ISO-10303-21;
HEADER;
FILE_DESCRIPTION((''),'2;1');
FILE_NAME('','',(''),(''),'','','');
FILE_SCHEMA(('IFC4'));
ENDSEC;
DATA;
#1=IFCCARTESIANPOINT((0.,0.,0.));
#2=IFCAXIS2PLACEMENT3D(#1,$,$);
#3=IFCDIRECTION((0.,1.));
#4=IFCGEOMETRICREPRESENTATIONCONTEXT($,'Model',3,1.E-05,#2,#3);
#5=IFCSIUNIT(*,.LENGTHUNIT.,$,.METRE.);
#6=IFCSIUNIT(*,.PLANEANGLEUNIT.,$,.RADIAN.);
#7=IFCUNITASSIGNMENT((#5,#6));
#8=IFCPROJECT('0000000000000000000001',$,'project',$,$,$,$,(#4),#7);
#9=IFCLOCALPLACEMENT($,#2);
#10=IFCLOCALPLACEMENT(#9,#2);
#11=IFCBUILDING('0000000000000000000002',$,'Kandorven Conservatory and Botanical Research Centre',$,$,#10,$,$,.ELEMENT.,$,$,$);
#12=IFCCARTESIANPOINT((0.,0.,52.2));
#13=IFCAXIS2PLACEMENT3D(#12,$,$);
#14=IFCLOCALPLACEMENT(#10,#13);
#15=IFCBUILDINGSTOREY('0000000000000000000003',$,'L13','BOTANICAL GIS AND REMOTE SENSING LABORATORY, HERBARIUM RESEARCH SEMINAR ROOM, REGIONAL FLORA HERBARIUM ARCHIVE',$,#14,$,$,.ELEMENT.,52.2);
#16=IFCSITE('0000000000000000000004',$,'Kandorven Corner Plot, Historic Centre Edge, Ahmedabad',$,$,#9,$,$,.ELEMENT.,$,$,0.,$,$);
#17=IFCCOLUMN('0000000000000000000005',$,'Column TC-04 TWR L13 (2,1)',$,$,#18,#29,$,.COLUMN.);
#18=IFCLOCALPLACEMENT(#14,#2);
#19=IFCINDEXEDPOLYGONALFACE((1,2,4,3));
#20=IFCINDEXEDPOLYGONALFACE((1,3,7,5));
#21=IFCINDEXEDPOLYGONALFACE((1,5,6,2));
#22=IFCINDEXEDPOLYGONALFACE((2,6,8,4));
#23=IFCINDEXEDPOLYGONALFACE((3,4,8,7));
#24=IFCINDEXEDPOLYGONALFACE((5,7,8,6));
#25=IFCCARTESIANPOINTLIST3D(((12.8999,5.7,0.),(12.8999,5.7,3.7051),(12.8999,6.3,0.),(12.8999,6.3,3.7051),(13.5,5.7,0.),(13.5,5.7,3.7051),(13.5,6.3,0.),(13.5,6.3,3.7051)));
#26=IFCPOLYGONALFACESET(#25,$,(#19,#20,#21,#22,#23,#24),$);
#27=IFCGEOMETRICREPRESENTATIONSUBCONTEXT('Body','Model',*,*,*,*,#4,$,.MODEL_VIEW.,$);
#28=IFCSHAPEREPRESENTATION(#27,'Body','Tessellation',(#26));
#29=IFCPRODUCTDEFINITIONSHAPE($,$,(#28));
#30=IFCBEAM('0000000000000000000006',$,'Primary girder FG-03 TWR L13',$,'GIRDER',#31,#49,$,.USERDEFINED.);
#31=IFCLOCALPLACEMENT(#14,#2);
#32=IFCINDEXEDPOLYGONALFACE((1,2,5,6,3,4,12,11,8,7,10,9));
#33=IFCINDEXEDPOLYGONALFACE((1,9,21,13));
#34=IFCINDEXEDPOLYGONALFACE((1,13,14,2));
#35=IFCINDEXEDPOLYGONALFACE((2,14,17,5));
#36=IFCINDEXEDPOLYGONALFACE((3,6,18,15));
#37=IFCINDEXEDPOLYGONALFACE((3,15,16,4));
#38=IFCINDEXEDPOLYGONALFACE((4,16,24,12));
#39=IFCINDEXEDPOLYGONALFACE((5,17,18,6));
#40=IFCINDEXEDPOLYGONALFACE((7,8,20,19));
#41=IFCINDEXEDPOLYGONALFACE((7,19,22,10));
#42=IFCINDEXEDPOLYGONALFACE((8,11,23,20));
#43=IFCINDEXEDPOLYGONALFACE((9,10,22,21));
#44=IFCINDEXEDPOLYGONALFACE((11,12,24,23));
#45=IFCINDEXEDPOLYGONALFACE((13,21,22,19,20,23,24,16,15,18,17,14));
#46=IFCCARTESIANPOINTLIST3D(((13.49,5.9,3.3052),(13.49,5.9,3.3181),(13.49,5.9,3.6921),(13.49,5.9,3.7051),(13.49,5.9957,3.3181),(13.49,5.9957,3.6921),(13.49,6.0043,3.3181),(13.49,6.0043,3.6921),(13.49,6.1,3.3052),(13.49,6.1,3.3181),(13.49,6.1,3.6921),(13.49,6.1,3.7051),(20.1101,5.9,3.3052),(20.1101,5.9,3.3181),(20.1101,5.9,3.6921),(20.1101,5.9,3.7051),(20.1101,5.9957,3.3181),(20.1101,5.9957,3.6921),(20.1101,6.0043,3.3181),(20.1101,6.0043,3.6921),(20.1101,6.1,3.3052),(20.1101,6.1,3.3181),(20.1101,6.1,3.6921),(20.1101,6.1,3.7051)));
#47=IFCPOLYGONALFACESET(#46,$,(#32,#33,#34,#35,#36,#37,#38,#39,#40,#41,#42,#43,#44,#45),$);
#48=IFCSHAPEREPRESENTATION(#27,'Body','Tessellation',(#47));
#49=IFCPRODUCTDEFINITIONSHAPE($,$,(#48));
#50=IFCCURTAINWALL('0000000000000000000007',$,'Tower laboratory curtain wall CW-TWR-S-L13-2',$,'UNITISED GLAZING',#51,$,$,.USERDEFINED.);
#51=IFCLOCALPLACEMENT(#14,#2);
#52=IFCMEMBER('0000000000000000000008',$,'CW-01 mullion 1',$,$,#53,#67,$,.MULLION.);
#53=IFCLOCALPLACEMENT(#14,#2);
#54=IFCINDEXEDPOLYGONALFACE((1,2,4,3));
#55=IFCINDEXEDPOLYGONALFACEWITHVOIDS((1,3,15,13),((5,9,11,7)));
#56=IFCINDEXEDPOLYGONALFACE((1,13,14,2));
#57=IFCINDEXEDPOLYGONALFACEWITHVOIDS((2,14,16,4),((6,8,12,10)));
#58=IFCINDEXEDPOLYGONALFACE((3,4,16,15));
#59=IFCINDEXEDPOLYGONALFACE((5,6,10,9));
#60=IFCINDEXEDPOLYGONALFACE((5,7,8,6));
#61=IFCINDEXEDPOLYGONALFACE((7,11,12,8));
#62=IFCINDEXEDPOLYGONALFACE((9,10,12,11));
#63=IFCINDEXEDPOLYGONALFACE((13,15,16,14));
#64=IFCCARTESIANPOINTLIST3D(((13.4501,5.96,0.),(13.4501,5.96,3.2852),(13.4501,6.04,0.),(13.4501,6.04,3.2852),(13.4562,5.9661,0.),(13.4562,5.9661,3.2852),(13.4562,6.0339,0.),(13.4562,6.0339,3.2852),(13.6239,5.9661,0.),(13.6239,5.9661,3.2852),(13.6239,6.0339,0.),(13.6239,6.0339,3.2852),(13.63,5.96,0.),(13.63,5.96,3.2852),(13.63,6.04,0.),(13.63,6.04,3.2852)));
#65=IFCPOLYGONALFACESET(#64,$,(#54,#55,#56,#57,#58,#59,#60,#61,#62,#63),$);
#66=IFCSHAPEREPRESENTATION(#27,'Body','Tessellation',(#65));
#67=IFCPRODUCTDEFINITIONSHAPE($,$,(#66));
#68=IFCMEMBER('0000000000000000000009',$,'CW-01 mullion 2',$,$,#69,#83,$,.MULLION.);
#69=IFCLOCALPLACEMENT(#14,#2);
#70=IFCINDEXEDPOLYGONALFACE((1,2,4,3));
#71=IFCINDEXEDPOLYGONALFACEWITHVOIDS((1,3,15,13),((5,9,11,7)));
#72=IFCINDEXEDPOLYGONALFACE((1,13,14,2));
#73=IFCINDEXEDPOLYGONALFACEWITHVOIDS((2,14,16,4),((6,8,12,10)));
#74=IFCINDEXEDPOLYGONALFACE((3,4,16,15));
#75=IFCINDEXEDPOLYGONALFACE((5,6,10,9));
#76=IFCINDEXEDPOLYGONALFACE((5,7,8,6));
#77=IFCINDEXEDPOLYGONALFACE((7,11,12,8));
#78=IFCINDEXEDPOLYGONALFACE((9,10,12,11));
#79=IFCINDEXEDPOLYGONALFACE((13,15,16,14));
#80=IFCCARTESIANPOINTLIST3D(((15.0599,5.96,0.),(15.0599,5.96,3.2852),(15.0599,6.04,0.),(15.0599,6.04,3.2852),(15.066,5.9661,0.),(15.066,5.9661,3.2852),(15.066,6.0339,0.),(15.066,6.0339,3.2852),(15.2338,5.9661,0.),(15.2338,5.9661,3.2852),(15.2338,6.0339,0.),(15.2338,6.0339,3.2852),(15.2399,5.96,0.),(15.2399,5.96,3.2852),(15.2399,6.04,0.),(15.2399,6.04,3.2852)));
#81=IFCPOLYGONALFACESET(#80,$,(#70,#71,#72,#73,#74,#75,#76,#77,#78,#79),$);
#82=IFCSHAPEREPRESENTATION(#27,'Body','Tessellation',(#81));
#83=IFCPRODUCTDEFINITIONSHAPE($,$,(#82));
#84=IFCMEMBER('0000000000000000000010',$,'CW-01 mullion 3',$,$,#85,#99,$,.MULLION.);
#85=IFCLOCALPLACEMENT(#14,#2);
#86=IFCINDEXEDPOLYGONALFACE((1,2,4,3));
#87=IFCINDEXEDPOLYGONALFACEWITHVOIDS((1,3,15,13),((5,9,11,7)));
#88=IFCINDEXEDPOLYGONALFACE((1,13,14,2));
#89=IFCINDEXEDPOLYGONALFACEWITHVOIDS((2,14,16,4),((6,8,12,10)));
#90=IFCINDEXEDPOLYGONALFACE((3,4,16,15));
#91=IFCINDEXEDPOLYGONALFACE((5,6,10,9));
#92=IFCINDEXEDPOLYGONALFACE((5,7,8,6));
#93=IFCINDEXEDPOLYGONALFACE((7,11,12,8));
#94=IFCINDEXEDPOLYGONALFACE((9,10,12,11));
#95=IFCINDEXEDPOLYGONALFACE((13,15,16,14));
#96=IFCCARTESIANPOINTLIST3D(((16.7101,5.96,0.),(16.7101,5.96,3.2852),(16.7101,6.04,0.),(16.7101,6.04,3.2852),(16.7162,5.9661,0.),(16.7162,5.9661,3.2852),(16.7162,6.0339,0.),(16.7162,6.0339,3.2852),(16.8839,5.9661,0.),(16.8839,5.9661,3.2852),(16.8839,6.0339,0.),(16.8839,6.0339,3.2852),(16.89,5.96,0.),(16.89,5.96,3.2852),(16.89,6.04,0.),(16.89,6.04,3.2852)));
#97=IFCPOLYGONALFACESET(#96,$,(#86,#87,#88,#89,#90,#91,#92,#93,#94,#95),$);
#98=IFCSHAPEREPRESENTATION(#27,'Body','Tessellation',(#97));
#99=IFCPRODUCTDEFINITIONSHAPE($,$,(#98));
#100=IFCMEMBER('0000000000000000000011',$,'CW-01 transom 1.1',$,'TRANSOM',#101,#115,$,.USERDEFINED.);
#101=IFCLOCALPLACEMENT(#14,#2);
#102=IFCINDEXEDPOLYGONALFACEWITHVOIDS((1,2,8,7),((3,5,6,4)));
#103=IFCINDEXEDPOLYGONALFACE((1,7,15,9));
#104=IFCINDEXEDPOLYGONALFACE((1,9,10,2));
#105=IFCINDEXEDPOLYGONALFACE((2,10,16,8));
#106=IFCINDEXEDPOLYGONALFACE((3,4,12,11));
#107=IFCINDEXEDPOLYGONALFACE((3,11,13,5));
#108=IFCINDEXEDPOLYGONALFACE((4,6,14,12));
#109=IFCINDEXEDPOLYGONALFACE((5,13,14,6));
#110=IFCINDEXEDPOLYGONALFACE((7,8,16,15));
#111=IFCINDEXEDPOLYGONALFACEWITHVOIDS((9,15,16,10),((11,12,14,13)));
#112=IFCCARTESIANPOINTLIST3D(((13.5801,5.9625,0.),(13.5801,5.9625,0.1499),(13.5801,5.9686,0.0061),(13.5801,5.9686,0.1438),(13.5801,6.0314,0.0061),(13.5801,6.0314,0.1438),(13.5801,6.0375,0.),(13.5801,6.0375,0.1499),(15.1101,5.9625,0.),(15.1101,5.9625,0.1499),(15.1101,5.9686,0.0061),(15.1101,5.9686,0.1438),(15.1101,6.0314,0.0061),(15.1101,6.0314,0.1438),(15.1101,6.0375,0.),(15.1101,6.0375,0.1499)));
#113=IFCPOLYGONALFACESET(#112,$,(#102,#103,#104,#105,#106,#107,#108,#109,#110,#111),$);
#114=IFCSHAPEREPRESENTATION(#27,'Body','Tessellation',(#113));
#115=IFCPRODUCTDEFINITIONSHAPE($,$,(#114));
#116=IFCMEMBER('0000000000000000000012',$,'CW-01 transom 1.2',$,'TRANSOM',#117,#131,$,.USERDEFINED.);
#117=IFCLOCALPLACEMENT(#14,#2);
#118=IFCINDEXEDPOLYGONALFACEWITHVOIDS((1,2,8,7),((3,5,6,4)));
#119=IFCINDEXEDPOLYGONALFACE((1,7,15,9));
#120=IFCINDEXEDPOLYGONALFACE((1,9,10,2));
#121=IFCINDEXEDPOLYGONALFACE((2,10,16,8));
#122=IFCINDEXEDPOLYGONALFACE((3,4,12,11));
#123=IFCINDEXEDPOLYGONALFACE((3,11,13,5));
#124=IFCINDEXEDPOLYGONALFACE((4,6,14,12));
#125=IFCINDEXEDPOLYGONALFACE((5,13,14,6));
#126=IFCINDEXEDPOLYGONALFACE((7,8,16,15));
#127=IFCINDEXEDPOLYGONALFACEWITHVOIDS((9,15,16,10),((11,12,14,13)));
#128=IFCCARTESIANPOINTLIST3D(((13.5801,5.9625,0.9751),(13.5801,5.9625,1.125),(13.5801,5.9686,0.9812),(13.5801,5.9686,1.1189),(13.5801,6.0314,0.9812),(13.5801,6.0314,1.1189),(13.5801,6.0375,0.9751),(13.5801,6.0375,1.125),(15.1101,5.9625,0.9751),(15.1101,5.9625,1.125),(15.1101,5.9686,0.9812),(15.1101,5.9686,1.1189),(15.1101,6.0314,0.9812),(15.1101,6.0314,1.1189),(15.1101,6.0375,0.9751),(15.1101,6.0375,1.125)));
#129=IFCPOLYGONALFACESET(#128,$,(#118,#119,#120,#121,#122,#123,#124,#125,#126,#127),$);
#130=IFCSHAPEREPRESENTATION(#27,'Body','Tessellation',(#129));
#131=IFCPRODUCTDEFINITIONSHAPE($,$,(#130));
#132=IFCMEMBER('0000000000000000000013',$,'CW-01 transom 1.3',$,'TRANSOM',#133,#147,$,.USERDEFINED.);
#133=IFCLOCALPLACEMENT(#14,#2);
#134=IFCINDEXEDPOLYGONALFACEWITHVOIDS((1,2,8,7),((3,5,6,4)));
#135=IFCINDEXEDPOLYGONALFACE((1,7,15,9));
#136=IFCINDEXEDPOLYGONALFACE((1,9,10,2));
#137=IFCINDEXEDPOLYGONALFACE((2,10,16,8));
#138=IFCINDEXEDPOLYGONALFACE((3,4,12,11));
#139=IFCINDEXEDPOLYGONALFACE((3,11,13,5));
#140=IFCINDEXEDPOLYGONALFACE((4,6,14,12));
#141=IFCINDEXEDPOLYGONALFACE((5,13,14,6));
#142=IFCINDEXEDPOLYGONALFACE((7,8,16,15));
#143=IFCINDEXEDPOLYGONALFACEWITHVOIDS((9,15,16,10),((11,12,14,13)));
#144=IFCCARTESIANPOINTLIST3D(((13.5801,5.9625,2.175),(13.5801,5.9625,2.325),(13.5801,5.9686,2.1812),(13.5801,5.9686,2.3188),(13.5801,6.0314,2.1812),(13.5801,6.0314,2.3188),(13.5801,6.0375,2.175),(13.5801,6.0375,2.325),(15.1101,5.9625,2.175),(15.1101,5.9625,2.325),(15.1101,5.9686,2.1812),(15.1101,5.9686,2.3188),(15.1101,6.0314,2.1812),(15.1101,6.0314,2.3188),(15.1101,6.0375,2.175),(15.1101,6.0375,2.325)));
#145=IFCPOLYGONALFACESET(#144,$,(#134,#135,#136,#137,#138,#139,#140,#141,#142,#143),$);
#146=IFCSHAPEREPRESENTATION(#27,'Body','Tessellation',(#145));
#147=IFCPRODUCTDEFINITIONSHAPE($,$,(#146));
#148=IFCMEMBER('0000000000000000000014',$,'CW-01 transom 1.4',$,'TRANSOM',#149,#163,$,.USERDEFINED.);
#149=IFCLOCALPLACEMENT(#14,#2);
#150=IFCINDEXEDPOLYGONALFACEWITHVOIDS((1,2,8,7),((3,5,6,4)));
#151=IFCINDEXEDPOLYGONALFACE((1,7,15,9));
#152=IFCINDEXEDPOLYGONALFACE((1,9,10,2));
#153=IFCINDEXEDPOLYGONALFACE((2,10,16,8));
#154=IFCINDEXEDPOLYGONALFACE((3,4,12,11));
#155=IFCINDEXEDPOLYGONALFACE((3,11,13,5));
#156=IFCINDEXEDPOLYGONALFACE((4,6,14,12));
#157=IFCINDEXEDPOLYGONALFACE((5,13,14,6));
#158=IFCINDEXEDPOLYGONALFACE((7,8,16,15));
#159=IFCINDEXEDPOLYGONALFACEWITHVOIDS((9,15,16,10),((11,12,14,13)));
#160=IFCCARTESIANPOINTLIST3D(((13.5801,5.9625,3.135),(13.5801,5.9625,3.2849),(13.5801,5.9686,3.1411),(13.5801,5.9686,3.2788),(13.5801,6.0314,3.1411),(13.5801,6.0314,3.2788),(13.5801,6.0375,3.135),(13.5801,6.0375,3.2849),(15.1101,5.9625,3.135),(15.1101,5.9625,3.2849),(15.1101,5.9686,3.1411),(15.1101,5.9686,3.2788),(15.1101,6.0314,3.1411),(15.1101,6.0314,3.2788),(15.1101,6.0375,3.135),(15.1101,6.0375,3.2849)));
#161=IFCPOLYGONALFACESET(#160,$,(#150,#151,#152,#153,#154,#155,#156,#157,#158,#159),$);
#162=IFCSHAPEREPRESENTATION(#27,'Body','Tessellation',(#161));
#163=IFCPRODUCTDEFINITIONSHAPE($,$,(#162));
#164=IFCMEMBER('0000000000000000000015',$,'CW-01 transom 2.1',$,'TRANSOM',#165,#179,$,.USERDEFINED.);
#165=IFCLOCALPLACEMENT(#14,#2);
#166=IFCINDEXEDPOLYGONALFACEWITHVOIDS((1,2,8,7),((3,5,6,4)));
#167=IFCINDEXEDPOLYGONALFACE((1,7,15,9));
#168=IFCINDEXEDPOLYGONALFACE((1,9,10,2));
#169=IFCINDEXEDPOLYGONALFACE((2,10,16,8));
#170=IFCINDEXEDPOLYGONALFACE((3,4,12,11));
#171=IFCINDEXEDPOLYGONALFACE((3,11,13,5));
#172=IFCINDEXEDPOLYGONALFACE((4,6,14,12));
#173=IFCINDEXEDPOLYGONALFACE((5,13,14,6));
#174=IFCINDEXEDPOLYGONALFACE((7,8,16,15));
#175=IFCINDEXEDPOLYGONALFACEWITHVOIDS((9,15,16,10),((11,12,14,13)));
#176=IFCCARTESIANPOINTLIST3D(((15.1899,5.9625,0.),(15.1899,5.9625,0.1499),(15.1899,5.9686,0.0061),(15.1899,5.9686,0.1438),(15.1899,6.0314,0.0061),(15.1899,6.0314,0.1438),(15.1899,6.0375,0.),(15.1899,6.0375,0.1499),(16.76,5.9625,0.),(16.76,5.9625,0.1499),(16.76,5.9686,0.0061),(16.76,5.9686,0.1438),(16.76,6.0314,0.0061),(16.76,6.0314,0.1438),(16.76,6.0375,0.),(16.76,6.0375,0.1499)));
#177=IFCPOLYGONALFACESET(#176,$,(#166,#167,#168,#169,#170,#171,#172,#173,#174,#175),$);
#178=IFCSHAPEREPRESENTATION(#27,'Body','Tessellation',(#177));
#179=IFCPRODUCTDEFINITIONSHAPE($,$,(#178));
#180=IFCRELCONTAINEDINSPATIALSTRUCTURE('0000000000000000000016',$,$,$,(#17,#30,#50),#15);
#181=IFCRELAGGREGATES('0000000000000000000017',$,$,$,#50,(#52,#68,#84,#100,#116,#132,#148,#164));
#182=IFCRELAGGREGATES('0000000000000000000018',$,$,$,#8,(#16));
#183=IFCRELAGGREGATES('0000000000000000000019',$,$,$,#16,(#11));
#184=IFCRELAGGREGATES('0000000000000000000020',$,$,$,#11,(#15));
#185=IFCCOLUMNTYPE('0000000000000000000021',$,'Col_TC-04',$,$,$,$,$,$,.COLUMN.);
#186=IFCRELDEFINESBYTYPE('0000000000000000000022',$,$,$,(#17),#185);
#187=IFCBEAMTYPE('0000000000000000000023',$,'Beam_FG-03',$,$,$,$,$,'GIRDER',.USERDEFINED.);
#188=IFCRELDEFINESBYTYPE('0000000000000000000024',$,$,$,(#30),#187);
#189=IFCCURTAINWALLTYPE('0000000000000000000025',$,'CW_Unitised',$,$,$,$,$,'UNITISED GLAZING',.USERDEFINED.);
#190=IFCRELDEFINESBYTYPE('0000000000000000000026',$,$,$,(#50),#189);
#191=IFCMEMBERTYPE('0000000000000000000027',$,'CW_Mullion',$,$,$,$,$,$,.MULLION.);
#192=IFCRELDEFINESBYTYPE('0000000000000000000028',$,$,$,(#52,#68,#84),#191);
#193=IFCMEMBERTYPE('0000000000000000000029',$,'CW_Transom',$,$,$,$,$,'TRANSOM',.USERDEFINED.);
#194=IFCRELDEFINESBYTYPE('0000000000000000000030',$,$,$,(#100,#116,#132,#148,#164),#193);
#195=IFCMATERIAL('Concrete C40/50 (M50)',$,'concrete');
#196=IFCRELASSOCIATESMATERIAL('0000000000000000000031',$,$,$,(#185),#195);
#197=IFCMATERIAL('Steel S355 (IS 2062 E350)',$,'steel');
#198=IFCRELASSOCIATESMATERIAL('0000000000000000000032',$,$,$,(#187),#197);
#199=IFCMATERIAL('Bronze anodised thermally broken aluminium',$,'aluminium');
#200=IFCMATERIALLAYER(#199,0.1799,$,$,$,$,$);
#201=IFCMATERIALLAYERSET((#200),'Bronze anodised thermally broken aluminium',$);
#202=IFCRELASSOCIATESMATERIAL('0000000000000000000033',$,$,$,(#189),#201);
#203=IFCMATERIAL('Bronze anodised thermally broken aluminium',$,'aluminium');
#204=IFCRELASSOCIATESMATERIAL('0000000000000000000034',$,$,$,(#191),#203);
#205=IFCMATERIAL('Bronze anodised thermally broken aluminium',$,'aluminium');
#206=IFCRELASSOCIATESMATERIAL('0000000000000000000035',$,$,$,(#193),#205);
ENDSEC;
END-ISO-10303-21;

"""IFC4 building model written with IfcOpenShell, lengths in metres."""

from ifc_helpers import new_model, si_unit, direction, frame, origin, origin_2d, place, context, subcontext, project, spatial, rectangle, hollow_rectangle, i_section, extrude, material, layer, layer_set, material_profile, profile_set, type_object, element, aggregate, save


model = new_model("IFC4")

# Units and contexts
model_context = context("Model", 3, precision=1e-05, world=origin(), true_north=direction((0.0, 1.0)))
body_context = subcontext(model_context, "Body", "Model", "MODEL_VIEW")
ifc_project = project(units=[si_unit("LENGTHUNIT", "METRE"), si_unit("PLANEANGLEUNIT", "RADIAN")], contexts=[model_context])

# Site, building, storey
site_placement = place(None, origin())
site = spatial("IfcSite", under=ifc_project, at=site_placement, Name="Kandorven Corner Plot, Historic Centre Edge, Ahmedabad", CompositionType="ELEMENT", RefElevation=0.0)
building_placement = place(site_placement, origin())
building = spatial("IfcBuilding", under=site, at=building_placement, Name="Kandorven Conservatory and Botanical Research Centre", CompositionType="ELEMENT")
storey_placement = place(building_placement, frame((0.0, 0.0, 52.2)))
storey = spatial("IfcBuildingStorey", under=building, at=storey_placement, Name="L13", Description="BOTANICAL GIS AND REMOTE SENSING LABORATORY, HERBARIUM RESEARCH SEMINAR ROOM, REGIONAL FLORA HERBARIUM ARCHIVE", CompositionType="ELEMENT", Elevation=52.2)

# Column
ifc_material_1 = material(Name="Concrete C40/50 (M50)", Category="concrete")
ifc_material_profile_1 = material_profile(ifc_material_1, rectangle(XDim=0.6001, YDim=0.6001, at=origin_2d()))
ifc_profile_set_1 = profile_set([ifc_material_profile_1], Name="Concrete C40/50 (M50)")
column_type = type_object("IfcColumnType", Name="Col_TC-04", PredefinedType="COLUMN", material=ifc_profile_set_1)
column_placement = place(storey_placement, frame((13.2, 6.0, 0.0), z_axis=(0.0, 0.0, 1.0), x_axis=(1.0, 0.0, 0.0)))
element("IfcColumn", 1, at=column_placement, inside=storey, type_object=column_type, Name="Column TC-04 TWR L13 (2,1)", PredefinedType="COLUMN", context=body_context, shape_type="SweptSolid", body=[
    extrude(rectangle(XDim=0.6001, YDim=0.6001, at=origin_2d()), origin(), (0.0, 0.0, 1.0), 3.7051),
])

# Beam
ifc_material_2 = material(Name="Steel S355 (IS 2062 E350)", Category="steel")
ifc_material_profile_2 = material_profile(ifc_material_2, i_section(OverallWidth=0.2, OverallDepth=0.3999, WebThickness=0.0085, FlangeThickness=0.0129, at=origin_2d()))
ifc_profile_set_2 = profile_set([ifc_material_profile_2], Name="Steel S355 (IS 2062 E350)")
beam_type = type_object("IfcBeamType", Name="Beam_FG-03", ElementType="GIRDER", PredefinedType="USERDEFINED", material=ifc_profile_set_2)
beam_placement = place(storey_placement, frame((13.49, 6.0, 3.5051), z_axis=(1.0, 0.0, 0.0), x_axis=(0.0, 1.0, 0.0)))
element("IfcBeam", 2, at=beam_placement, inside=storey, type_object=beam_type, Name="Primary girder FG-03 TWR L13", ObjectType="GIRDER", PredefinedType="USERDEFINED", context=body_context, shape_type="SweptSolid", body=[
    extrude(i_section(OverallWidth=0.2, OverallDepth=0.3999, WebThickness=0.0085, FlangeThickness=0.0129, at=origin_2d()), origin(), (0.0, 0.0, 1.0), 6.6201),
])

# Curtain wall, members
ifc_material_3 = material(Name="Bronze anodised thermally broken aluminium", Category="aluminium")
ifc_layer_1 = layer(ifc_material_3, 0.1799)
ifc_layer_set_1 = layer_set([ifc_layer_1], Name="Bronze anodised thermally broken aluminium")
curtain_wall_type = type_object("IfcCurtainWallType", Name="CW_Unitised", ElementType="UNITISED GLAZING", PredefinedType="USERDEFINED", material=ifc_layer_set_1)
curtain_wall_placement = place(storey_placement, origin())
curtain_wall = element("IfcCurtainWall", 3, at=curtain_wall_placement, inside=storey, type_object=curtain_wall_type, Name="Tower laboratory curtain wall CW-TWR-S-L13-2", ObjectType="UNITISED GLAZING", PredefinedType="USERDEFINED")
ifc_material_4 = material(Name="Bronze anodised thermally broken aluminium", Category="aluminium")
ifc_material_profile_3 = material_profile(ifc_material_4, hollow_rectangle(XDim=0.0801, YDim=0.1799, WallThickness=0.0061, at=origin_2d()))
ifc_profile_set_3 = profile_set([ifc_material_profile_3], Name="Bronze anodised thermally broken aluminium")
member_type_1 = type_object("IfcMemberType", Name="CW_Mullion", PredefinedType="MULLION", material=ifc_profile_set_3)
member_1_placement = place(storey_placement, frame((13.54, 6.0, 0.0), z_axis=(0.0, 0.0, 1.0), x_axis=(0.0, 1.0, 0.0)))
member_1 = element("IfcMember", 4, at=member_1_placement, type_object=member_type_1, Name="CW-01 mullion 1", PredefinedType="MULLION", context=body_context, shape_type="SweptSolid", body=[
    extrude(hollow_rectangle(XDim=0.0801, YDim=0.1799, WallThickness=0.0061, at=origin_2d()), origin(), (0.0, 0.0, 1.0), 3.2852),
])
member_2_placement = place(storey_placement, frame((15.1499, 6.0, 0.0), z_axis=(0.0, 0.0, 1.0), x_axis=(0.0, 1.0, 0.0)))
member_2 = element("IfcMember", 5, at=member_2_placement, type_object=member_type_1, Name="CW-01 mullion 2", PredefinedType="MULLION", context=body_context, shape_type="SweptSolid", body=[
    extrude(hollow_rectangle(XDim=0.0801, YDim=0.1799, WallThickness=0.0061, at=origin_2d()), origin(), (0.0, 0.0, 1.0), 3.2852),
])
member_3_placement = place(storey_placement, frame((16.8, 6.0, 0.0), z_axis=(0.0, 0.0, 1.0), x_axis=(0.0, 1.0, 0.0)))
member_3 = element("IfcMember", 6, at=member_3_placement, type_object=member_type_1, Name="CW-01 mullion 3", PredefinedType="MULLION", context=body_context, shape_type="SweptSolid", body=[
    extrude(hollow_rectangle(XDim=0.0801, YDim=0.1799, WallThickness=0.0061, at=origin_2d()), origin(), (0.0, 0.0, 1.0), 3.2852),
])
ifc_material_5 = material(Name="Bronze anodised thermally broken aluminium", Category="aluminium")
ifc_material_profile_4 = material_profile(ifc_material_5, hollow_rectangle(XDim=0.075, YDim=0.1499, WallThickness=0.0061, at=origin_2d()))
ifc_profile_set_4 = profile_set([ifc_material_profile_4], Name="Bronze anodised thermally broken aluminium")
member_type_2 = type_object("IfcMemberType", Name="CW_Transom", ElementType="TRANSOM", PredefinedType="USERDEFINED", material=ifc_profile_set_4)
member_4_placement = place(storey_placement, frame((13.5801, 6.0, 0.075), z_axis=(1.0, 0.0, 0.0), x_axis=(0.0, 1.0, 0.0)))
member_4 = element("IfcMember", 7, at=member_4_placement, type_object=member_type_2, Name="CW-01 transom 1.1", ObjectType="TRANSOM", PredefinedType="USERDEFINED", context=body_context, shape_type="SweptSolid", body=[
    extrude(hollow_rectangle(XDim=0.075, YDim=0.1499, WallThickness=0.0061, at=origin_2d()), origin(), (0.0, 0.0, 1.0), 1.53),
])
member_5_placement = place(storey_placement, frame((13.5801, 6.0, 1.05), z_axis=(1.0, 0.0, 0.0), x_axis=(0.0, 1.0, 0.0)))
member_5 = element("IfcMember", 8, at=member_5_placement, type_object=member_type_2, Name="CW-01 transom 1.2", ObjectType="TRANSOM", PredefinedType="USERDEFINED", context=body_context, shape_type="SweptSolid", body=[
    extrude(hollow_rectangle(XDim=0.075, YDim=0.1499, WallThickness=0.0061, at=origin_2d()), origin(), (0.0, 0.0, 1.0), 1.53),
])
member_6_placement = place(storey_placement, frame((13.5801, 6.0, 2.25), z_axis=(1.0, 0.0, 0.0), x_axis=(0.0, 1.0, 0.0)))
member_6 = element("IfcMember", 9, at=member_6_placement, type_object=member_type_2, Name="CW-01 transom 1.3", ObjectType="TRANSOM", PredefinedType="USERDEFINED", context=body_context, shape_type="SweptSolid", body=[
    extrude(hollow_rectangle(XDim=0.075, YDim=0.1499, WallThickness=0.0061, at=origin_2d()), origin(), (0.0, 0.0, 1.0), 1.53),
])
member_7_placement = place(storey_placement, frame((13.5801, 6.0, 3.21), z_axis=(1.0, 0.0, 0.0), x_axis=(0.0, 1.0, 0.0)))
member_7 = element("IfcMember", 10, at=member_7_placement, type_object=member_type_2, Name="CW-01 transom 1.4", ObjectType="TRANSOM", PredefinedType="USERDEFINED", context=body_context, shape_type="SweptSolid", body=[
    extrude(hollow_rectangle(XDim=0.075, YDim=0.1499, WallThickness=0.0061, at=origin_2d()), origin(), (0.0, 0.0, 1.0), 1.53),
])
member_8_placement = place(storey_placement, frame((15.1899, 6.0, 0.075), z_axis=(1.0, 0.0, 0.0), x_axis=(0.0, 1.0, 0.0)))
member_8 = element("IfcMember", 11, at=member_8_placement, type_object=member_type_2, Name="CW-01 transom 2.1", ObjectType="TRANSOM", PredefinedType="USERDEFINED", context=body_context, shape_type="SweptSolid", body=[
    extrude(hollow_rectangle(XDim=0.075, YDim=0.1499, WallThickness=0.0061, at=origin_2d()), origin(), (0.0, 0.0, 1.0), 1.5701),
])

aggregate(curtain_wall, [member_1, member_2, member_3, member_4, member_5, member_6, member_7, member_8])

save(model, "model.ifc")
